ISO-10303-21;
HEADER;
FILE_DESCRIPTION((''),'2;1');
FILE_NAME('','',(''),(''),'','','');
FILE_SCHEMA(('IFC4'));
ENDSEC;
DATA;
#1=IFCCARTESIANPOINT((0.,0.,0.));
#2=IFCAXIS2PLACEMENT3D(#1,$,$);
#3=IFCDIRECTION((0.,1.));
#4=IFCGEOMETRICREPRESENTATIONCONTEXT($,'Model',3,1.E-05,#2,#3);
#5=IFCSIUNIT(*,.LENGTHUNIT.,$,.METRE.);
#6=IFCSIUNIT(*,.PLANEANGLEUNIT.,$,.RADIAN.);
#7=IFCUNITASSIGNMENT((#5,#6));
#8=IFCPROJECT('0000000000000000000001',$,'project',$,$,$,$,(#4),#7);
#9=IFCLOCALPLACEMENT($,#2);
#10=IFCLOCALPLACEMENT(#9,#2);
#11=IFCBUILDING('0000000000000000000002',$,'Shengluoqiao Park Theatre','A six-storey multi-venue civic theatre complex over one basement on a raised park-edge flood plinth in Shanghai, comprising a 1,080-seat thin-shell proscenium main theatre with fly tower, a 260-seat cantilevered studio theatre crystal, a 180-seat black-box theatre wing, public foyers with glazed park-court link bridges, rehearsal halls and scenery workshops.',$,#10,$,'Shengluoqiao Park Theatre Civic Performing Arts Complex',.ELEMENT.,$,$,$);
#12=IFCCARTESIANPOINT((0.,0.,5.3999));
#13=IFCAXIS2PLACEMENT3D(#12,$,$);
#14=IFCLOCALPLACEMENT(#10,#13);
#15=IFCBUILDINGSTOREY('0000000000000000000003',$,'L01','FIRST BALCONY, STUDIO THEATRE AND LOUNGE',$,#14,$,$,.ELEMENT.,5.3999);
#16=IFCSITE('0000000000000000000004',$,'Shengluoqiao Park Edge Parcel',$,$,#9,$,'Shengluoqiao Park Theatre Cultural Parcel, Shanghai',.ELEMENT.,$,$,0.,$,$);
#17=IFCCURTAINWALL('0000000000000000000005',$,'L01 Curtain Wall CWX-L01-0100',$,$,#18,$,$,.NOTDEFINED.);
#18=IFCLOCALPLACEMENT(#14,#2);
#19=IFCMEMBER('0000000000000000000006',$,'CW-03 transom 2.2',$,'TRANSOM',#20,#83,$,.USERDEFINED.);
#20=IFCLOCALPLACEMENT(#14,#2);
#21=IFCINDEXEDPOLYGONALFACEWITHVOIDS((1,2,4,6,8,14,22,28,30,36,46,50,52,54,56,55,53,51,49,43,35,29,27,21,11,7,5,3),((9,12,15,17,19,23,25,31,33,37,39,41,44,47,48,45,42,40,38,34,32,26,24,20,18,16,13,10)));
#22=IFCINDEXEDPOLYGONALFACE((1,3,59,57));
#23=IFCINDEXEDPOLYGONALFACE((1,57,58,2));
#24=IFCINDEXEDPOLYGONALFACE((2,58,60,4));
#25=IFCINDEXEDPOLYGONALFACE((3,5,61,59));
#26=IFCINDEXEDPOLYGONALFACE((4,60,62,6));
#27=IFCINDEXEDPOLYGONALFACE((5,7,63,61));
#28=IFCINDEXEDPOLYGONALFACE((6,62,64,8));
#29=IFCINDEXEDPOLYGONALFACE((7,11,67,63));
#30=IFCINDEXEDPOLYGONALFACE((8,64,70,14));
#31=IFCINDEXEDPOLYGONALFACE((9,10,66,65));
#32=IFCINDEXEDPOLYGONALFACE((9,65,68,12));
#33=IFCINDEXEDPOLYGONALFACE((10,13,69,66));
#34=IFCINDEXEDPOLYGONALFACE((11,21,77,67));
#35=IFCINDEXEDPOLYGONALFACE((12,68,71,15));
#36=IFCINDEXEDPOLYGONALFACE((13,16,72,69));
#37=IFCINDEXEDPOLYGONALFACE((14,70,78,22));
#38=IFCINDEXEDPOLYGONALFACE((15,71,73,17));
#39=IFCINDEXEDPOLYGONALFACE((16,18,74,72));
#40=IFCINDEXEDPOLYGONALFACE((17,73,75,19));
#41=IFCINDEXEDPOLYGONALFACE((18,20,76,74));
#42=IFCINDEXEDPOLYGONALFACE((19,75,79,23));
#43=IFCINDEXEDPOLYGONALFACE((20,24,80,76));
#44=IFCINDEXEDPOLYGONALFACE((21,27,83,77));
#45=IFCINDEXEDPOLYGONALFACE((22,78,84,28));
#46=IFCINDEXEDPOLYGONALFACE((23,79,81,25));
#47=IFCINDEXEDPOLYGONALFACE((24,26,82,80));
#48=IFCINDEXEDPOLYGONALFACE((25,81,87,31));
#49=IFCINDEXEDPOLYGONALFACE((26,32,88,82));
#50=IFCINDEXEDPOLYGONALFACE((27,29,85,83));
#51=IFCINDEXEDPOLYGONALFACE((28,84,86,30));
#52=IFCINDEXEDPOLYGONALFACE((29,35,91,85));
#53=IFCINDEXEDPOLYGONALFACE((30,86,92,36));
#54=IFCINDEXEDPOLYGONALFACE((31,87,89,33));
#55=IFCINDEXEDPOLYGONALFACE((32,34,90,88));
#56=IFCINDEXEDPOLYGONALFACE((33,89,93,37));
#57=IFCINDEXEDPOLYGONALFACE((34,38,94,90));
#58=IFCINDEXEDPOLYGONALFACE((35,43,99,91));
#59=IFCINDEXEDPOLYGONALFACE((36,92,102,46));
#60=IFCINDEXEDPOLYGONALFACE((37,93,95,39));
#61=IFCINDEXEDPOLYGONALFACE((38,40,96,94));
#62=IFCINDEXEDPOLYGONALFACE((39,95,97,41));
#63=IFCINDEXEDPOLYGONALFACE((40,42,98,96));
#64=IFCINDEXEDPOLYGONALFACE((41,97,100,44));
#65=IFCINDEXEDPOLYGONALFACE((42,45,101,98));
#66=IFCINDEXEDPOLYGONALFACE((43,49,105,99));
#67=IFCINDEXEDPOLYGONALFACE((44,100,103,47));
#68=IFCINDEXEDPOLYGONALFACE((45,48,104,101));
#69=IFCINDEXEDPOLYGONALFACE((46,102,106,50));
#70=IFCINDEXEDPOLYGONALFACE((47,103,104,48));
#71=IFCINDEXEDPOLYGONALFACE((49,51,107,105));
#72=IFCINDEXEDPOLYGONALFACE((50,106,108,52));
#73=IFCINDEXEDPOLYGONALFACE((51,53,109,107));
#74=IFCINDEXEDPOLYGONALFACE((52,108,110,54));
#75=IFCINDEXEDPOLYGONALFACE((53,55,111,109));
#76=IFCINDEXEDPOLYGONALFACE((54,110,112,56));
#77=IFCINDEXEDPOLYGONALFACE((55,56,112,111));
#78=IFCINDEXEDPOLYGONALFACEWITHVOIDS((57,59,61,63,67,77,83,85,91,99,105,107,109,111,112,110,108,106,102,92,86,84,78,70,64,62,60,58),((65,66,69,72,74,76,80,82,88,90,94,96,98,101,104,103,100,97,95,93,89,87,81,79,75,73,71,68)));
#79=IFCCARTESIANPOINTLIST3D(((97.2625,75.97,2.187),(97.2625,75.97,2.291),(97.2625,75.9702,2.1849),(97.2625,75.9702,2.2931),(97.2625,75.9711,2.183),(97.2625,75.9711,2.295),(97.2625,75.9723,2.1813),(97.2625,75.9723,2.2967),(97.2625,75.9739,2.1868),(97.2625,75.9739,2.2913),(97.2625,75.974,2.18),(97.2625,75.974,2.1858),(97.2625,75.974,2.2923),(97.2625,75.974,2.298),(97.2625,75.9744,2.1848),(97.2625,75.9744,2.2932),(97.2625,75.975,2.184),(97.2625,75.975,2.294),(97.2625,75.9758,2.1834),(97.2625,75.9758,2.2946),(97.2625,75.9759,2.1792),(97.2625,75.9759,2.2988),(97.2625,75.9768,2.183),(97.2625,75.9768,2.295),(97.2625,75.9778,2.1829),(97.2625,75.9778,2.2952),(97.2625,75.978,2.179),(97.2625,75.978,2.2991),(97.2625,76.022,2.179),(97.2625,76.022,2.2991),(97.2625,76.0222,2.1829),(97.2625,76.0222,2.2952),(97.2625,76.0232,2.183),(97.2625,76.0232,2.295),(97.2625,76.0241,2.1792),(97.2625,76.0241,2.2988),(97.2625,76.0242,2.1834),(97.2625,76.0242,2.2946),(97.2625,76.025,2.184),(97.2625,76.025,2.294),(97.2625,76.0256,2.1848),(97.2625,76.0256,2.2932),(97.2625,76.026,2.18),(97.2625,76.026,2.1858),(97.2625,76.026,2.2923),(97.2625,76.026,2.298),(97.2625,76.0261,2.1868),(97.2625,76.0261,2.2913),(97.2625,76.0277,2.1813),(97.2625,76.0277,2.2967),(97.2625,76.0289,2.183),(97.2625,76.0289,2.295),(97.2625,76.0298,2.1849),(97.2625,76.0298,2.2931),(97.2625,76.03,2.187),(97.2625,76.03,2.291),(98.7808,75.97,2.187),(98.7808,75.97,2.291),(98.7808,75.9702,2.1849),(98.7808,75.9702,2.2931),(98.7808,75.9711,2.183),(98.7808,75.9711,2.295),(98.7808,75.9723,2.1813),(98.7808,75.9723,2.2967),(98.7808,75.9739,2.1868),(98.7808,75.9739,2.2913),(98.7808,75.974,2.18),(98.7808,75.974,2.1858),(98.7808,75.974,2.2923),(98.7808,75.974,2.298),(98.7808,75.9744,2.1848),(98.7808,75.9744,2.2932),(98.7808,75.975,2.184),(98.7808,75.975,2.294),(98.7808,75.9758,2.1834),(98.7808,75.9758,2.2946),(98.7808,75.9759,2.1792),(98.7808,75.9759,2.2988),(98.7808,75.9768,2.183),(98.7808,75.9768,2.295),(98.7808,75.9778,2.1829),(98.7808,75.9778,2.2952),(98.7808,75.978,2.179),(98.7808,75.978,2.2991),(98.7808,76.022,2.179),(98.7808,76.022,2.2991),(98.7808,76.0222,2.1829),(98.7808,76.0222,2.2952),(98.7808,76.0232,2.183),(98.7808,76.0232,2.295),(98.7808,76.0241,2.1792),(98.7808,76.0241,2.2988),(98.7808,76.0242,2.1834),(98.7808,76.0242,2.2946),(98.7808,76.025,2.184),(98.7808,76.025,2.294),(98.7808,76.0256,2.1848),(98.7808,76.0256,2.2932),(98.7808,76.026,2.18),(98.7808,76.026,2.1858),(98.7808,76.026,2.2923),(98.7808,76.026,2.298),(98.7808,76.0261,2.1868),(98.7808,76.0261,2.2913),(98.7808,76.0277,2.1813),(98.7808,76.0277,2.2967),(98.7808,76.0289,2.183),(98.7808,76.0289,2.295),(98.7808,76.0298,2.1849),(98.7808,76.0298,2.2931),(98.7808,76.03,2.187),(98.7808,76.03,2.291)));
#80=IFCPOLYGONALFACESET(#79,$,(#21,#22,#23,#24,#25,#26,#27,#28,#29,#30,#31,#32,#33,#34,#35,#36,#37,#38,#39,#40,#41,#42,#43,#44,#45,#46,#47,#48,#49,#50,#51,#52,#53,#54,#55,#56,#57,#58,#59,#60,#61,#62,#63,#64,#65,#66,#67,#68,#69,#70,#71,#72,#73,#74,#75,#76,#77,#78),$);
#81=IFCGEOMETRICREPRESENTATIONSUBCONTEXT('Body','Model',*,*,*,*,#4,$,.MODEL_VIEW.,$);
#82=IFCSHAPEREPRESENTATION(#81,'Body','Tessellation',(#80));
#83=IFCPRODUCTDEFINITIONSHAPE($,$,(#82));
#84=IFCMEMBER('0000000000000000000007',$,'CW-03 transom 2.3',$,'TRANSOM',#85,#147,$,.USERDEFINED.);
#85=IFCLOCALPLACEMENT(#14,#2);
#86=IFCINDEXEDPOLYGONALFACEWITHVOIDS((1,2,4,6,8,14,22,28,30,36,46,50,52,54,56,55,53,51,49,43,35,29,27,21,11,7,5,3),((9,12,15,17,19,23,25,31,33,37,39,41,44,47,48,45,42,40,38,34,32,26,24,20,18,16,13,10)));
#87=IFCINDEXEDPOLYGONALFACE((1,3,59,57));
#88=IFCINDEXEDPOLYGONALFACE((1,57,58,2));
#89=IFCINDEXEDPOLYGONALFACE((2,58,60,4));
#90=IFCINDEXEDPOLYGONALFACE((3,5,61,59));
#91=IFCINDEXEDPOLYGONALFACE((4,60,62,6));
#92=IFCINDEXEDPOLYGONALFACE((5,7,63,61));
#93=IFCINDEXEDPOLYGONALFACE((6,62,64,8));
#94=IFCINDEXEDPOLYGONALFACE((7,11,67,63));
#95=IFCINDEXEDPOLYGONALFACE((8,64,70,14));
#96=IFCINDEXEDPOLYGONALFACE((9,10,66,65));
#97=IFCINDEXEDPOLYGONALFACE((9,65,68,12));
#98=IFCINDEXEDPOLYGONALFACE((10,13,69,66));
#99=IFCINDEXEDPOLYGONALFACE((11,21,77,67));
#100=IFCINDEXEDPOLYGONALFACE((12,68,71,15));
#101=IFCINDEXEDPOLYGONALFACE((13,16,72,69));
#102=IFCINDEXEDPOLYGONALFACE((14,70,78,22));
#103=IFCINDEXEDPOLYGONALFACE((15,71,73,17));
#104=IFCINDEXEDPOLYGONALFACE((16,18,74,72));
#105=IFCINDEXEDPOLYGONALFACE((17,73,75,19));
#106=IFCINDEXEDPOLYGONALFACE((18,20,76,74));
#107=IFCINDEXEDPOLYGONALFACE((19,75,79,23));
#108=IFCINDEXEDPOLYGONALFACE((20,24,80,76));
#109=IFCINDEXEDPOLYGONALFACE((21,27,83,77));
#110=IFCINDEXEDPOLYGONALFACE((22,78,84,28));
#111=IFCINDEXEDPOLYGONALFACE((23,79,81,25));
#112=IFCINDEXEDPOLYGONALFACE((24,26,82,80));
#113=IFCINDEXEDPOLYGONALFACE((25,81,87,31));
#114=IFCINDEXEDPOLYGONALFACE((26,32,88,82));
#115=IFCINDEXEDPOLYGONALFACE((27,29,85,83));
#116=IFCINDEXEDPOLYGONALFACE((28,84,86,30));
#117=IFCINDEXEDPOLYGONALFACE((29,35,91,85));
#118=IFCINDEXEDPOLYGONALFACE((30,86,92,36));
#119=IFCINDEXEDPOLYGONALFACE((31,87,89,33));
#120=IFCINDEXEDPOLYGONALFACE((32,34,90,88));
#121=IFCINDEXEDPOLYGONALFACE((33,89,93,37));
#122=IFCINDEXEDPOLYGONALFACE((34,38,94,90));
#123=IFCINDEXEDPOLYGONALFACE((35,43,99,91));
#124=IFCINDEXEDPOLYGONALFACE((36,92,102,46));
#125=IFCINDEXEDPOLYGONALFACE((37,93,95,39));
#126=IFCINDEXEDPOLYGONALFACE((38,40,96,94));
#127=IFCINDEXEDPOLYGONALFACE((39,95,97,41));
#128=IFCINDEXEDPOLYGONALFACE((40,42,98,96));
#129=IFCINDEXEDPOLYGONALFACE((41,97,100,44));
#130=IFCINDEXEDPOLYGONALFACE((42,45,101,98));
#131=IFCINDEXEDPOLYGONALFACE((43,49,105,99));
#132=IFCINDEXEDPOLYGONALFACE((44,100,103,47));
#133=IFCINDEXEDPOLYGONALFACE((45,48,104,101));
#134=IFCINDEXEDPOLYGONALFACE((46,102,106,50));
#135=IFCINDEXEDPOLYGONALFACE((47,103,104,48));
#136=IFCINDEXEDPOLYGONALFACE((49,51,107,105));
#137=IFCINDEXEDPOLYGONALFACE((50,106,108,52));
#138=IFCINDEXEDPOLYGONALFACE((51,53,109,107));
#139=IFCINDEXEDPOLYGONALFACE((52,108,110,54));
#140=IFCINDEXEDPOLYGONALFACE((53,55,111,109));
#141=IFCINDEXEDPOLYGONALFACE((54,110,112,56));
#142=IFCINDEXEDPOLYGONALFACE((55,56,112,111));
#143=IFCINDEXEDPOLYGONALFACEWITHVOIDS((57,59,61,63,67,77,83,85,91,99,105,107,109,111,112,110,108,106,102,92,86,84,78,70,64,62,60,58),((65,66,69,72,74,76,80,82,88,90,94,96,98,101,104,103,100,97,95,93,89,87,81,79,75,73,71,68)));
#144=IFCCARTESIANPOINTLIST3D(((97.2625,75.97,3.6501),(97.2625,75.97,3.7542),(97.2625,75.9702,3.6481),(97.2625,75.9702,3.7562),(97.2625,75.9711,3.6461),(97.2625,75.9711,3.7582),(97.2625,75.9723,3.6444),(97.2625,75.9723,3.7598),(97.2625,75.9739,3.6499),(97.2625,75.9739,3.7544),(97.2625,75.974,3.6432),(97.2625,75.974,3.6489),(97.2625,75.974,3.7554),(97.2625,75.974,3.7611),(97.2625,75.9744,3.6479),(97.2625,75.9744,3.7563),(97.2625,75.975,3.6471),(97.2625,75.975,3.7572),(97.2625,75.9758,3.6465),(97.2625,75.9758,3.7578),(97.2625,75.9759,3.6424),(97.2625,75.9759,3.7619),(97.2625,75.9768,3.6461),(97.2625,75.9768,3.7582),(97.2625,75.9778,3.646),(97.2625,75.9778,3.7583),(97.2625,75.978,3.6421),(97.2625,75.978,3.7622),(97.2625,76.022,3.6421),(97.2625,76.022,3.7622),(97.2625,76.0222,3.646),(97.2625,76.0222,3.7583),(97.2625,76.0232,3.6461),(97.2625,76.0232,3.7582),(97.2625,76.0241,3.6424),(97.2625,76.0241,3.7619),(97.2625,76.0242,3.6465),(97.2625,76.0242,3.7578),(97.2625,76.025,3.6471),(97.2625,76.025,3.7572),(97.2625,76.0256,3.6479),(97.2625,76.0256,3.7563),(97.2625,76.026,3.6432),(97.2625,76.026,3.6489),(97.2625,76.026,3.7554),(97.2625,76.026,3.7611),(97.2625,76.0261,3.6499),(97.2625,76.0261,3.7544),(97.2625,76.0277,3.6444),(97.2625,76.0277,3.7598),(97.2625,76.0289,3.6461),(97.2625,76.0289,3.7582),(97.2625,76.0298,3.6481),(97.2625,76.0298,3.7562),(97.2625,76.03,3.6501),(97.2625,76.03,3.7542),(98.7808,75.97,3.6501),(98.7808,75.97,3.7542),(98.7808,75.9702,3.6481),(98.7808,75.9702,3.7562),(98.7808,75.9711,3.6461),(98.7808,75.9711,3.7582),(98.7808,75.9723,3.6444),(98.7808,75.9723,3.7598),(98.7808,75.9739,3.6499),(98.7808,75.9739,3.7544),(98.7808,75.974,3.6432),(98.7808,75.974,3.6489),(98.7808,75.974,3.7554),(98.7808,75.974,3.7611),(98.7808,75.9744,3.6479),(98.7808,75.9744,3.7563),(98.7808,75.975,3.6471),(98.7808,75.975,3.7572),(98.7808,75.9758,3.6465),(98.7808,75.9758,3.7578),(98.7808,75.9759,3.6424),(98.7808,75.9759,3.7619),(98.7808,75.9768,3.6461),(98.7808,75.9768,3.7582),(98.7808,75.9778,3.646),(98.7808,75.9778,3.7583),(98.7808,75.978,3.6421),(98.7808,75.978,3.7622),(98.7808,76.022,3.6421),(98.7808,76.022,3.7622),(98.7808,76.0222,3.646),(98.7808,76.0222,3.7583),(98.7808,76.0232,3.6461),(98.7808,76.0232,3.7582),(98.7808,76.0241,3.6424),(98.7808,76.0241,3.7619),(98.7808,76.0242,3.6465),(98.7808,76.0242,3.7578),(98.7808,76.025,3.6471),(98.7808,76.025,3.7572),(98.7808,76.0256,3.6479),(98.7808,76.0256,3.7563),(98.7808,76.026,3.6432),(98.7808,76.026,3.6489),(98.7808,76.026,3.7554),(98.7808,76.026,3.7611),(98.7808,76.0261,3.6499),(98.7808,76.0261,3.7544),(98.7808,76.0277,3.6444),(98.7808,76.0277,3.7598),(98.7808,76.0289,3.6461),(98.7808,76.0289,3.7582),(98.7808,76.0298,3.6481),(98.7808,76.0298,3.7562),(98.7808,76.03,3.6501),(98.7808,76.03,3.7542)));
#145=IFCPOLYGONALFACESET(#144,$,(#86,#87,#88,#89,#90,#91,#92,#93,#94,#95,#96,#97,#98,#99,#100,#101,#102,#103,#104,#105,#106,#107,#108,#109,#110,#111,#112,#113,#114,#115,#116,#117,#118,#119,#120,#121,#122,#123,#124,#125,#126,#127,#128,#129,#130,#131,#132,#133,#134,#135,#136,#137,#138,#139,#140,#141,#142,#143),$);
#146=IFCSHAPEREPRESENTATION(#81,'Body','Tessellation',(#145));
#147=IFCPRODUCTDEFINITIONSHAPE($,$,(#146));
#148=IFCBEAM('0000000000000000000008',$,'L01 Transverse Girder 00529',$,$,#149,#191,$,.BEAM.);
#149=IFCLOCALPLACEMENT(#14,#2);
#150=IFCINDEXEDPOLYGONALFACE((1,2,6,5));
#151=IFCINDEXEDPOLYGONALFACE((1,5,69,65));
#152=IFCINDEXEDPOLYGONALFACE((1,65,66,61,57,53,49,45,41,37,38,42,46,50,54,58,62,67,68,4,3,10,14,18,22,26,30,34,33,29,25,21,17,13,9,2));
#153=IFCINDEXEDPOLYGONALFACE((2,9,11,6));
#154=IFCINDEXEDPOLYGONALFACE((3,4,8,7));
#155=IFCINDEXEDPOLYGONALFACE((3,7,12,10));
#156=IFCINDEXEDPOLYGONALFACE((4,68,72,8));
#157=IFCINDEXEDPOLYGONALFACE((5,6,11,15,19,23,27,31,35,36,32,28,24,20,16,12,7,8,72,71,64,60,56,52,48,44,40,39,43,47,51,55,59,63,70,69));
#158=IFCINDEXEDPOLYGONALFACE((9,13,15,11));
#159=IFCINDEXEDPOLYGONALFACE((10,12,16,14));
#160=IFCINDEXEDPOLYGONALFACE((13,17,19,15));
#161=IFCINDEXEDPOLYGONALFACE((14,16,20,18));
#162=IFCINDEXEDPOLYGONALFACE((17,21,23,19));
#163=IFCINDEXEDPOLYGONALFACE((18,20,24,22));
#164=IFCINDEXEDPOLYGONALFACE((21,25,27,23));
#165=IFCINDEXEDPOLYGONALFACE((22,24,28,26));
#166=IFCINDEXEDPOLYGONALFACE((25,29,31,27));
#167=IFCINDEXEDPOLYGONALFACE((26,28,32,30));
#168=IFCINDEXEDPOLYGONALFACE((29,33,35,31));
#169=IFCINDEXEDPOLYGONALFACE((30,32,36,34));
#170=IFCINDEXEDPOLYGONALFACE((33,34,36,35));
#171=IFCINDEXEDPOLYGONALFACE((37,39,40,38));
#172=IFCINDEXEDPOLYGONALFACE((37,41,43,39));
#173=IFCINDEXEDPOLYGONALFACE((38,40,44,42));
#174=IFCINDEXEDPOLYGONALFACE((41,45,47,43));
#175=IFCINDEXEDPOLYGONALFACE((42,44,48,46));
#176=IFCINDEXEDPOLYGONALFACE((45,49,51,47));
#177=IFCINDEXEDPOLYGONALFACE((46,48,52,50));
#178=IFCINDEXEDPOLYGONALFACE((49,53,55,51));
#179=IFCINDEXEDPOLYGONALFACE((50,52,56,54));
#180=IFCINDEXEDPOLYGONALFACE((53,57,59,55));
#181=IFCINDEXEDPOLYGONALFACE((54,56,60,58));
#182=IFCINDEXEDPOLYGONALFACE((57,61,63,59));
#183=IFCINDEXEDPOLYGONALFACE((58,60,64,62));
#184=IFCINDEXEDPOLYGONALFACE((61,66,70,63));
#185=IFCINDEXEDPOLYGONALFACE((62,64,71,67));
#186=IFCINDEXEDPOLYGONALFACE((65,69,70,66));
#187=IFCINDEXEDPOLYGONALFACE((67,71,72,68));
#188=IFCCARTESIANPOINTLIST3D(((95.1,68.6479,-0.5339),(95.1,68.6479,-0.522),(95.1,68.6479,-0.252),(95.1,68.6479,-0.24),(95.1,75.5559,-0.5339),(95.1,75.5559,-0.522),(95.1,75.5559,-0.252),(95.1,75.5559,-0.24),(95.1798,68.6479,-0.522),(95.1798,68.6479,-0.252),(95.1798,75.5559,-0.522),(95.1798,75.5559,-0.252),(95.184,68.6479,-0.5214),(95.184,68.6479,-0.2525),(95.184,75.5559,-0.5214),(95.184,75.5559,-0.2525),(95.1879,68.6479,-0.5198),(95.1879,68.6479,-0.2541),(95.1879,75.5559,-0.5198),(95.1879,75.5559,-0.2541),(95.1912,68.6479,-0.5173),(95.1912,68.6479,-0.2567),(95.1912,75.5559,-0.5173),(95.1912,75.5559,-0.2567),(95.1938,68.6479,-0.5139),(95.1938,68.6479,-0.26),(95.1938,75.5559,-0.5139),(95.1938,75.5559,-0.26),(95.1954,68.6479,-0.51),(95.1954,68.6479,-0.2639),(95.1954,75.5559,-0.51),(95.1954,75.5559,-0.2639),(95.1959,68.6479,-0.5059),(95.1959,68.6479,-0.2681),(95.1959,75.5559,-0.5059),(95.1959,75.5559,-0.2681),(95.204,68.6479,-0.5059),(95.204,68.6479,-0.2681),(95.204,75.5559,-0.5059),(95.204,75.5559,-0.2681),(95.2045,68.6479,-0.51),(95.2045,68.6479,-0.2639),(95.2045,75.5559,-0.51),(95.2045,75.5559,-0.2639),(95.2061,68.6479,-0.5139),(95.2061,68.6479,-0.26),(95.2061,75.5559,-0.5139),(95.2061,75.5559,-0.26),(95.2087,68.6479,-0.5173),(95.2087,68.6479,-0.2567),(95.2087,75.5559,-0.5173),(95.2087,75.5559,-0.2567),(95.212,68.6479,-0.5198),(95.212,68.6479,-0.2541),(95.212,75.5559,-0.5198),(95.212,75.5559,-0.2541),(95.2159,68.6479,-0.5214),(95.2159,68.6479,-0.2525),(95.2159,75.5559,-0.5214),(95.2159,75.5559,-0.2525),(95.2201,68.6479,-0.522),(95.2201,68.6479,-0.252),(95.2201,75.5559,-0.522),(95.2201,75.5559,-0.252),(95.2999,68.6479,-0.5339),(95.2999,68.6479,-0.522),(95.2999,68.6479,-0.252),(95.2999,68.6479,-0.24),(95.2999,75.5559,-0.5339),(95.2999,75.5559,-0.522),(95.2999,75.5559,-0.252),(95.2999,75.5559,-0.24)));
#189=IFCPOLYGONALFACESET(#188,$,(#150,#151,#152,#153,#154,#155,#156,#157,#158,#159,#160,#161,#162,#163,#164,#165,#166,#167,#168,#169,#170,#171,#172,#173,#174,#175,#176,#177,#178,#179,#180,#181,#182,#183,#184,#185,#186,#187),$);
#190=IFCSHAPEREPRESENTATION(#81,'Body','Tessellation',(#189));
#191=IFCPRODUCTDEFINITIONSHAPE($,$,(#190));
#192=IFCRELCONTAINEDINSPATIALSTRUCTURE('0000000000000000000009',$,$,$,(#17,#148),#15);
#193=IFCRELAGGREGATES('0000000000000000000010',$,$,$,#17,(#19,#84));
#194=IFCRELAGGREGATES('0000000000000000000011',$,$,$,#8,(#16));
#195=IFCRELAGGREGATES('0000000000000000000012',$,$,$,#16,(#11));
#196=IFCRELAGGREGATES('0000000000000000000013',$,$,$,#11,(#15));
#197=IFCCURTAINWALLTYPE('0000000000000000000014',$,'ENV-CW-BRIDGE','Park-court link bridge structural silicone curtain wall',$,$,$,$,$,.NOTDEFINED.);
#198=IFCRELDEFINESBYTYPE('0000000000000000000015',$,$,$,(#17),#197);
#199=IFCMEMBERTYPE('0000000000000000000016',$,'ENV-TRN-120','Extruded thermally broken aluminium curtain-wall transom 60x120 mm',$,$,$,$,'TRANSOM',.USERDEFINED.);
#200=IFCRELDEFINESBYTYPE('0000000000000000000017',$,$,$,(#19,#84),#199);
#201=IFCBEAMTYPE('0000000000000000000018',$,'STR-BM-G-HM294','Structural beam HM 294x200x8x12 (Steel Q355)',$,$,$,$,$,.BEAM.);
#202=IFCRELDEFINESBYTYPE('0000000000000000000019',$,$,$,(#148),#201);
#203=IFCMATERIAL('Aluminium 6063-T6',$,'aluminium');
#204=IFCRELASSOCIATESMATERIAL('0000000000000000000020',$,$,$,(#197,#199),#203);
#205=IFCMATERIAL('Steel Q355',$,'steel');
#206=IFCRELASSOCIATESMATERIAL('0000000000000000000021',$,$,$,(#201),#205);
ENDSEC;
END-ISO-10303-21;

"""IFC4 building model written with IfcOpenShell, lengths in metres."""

from ifc_helpers import new_model, si_unit, direction, frame, origin, origin_2d, place, context, subcontext, project, spatial, hollow_rectangle, i_section, extrude, material, material_profile, profile_set, type_object, element, aggregate, save


model = new_model("IFC4")

# Units and contexts
model_context = context("Model", 3, precision=1e-05, world=origin(), true_north=direction((0.0, 1.0)))
body_context = subcontext(model_context, "Body", "Model", "MODEL_VIEW")
ifc_project = project(units=[si_unit("LENGTHUNIT", "METRE"), si_unit("PLANEANGLEUNIT", "RADIAN")], contexts=[model_context])

# Site, building, storey
site_placement = place(None, origin())
site = spatial("IfcSite", under=ifc_project, at=site_placement, Name="Shengluoqiao Park Edge Parcel", LongName="Shengluoqiao Park Theatre Cultural Parcel, Shanghai", CompositionType="ELEMENT", RefElevation=0.0)
building_placement = place(site_placement, origin())
building = spatial("IfcBuilding", under=site, at=building_placement, Name="Shengluoqiao Park Theatre", Description="A six-storey multi-venue civic theatre complex over one basement on a raised park-edge flood plinth in Shanghai, comprising a 1,080-seat thin-shell proscenium main theatre with fly tower, a 260-seat cantilevered studio theatre crystal, a 180-seat black-box theatre wing, public foyers with glazed park-court link bridges, rehearsal halls and scenery workshops.", LongName="Shengluoqiao Park Theatre Civic Performing Arts Complex", CompositionType="ELEMENT")
storey_placement = place(building_placement, frame((0.0, 0.0, 5.3999)))
storey = spatial("IfcBuildingStorey", under=building, at=storey_placement, Name="L01", Description="FIRST BALCONY, STUDIO THEATRE AND LOUNGE", CompositionType="ELEMENT", Elevation=5.3999)

# Curtain wall
ifc_material_1 = material(Name="Aluminium 6063-T6", Category="aluminium")
curtain_wall_type = type_object("IfcCurtainWallType", Name="ENV-CW-BRIDGE", Description="Park-court link bridge structural silicone curtain wall", PredefinedType="NOTDEFINED", material=ifc_material_1)
curtain_wall_1_placement = place(storey_placement, origin())
curtain_wall_1 = element("IfcCurtainWall", 1, at=curtain_wall_1_placement, inside=storey, type_object=curtain_wall_type, Name="L01 Curtain Wall CWX-L01-0100", PredefinedType="NOTDEFINED")

# Shared definitions
ifc_material_profile_1 = material_profile(ifc_material_1, hollow_rectangle(XDim=0.0601, YDim=0.1201, WallThickness=0.0039, InnerFilletRadius=0.0039, OuterFilletRadius=0.0081, at=origin_2d()), Name="ALU TRANSOM 120x60x4")
ifc_profile_set_1 = profile_set([ifc_material_profile_1], Name="Aluminium 6063-T6")
member_type_1 = type_object("IfcMemberType", Name="ENV-TRN-120", Description="Extruded thermally broken aluminium curtain-wall transom 60x120 mm", ElementType="TRANSOM", PredefinedType="USERDEFINED", material=ifc_profile_set_1)

# Members
member_1_placement = place(storey_placement, frame((97.2625, 76.0, 2.239), z_axis=(1.0, 0.0, 0.0), x_axis=(0.0, 1.0, 0.0)))
member_1 = element("IfcMember", 2, at=member_1_placement, type_object=member_type_1, Name="CW-03 transom 2.2", ObjectType="TRANSOM", PredefinedType="USERDEFINED", context=body_context, shape_type="SweptSolid", body=[
    extrude(hollow_rectangle(XDim=0.0601, YDim=0.1201, WallThickness=0.0039, InnerFilletRadius=0.0039, OuterFilletRadius=0.0081, at=origin_2d()), origin(), (0.0, 0.0, 1.0), 1.5183),
])
member_2_placement = place(storey_placement, frame((97.2625, 76.0, 3.7021), z_axis=(1.0, 0.0, 0.0), x_axis=(0.0, 1.0, 0.0)))
member_2 = element("IfcMember", 3, at=member_2_placement, type_object=member_type_1, Name="CW-03 transom 2.3", ObjectType="TRANSOM", PredefinedType="USERDEFINED", context=body_context, shape_type="SweptSolid", body=[
    extrude(hollow_rectangle(XDim=0.0601, YDim=0.1201, WallThickness=0.0039, InnerFilletRadius=0.0039, OuterFilletRadius=0.0081, at=origin_2d()), origin(), (0.0, 0.0, 1.0), 1.5183),
])

# Beam
ifc_material_2 = material(Name="Steel Q355", Category="steel")
ifc_material_profile_2 = material_profile(ifc_material_2, i_section(OverallWidth=0.2, OverallDepth=0.2939, WebThickness=0.0081, FlangeThickness=0.012, FilletRadius=0.0161, at=origin_2d()), Name="HM 294x200x8x12")
ifc_profile_set_2 = profile_set([ifc_material_profile_2], Name="Steel Q355")
beam_type_1 = type_object("IfcBeamType", Name="STR-BM-G-HM294", Description="Structural beam HM 294x200x8x12 (Steel Q355)", PredefinedType="BEAM", material=ifc_profile_set_2)
beam_1_placement = place(storey_placement, frame((95.2, 68.6479, -0.387), z_axis=(0.0, 1.0, 0.0), x_axis=(-1.0, 0.0, 0.0)))
element("IfcBeam", 4, at=beam_1_placement, inside=storey, type_object=beam_type_1, Name="L01 Transverse Girder 00529", PredefinedType="BEAM", context=body_context, shape_type="SweptSolid", body=[
    extrude(i_section(OverallWidth=0.2, OverallDepth=0.2939, WebThickness=0.0081, FlangeThickness=0.012, FilletRadius=0.0161, at=origin_2d()), origin(), (0.0, 0.0, 1.0), 6.908),
])

aggregate(curtain_wall_1, [member_1, member_2])

save(model, "model.ifc")
